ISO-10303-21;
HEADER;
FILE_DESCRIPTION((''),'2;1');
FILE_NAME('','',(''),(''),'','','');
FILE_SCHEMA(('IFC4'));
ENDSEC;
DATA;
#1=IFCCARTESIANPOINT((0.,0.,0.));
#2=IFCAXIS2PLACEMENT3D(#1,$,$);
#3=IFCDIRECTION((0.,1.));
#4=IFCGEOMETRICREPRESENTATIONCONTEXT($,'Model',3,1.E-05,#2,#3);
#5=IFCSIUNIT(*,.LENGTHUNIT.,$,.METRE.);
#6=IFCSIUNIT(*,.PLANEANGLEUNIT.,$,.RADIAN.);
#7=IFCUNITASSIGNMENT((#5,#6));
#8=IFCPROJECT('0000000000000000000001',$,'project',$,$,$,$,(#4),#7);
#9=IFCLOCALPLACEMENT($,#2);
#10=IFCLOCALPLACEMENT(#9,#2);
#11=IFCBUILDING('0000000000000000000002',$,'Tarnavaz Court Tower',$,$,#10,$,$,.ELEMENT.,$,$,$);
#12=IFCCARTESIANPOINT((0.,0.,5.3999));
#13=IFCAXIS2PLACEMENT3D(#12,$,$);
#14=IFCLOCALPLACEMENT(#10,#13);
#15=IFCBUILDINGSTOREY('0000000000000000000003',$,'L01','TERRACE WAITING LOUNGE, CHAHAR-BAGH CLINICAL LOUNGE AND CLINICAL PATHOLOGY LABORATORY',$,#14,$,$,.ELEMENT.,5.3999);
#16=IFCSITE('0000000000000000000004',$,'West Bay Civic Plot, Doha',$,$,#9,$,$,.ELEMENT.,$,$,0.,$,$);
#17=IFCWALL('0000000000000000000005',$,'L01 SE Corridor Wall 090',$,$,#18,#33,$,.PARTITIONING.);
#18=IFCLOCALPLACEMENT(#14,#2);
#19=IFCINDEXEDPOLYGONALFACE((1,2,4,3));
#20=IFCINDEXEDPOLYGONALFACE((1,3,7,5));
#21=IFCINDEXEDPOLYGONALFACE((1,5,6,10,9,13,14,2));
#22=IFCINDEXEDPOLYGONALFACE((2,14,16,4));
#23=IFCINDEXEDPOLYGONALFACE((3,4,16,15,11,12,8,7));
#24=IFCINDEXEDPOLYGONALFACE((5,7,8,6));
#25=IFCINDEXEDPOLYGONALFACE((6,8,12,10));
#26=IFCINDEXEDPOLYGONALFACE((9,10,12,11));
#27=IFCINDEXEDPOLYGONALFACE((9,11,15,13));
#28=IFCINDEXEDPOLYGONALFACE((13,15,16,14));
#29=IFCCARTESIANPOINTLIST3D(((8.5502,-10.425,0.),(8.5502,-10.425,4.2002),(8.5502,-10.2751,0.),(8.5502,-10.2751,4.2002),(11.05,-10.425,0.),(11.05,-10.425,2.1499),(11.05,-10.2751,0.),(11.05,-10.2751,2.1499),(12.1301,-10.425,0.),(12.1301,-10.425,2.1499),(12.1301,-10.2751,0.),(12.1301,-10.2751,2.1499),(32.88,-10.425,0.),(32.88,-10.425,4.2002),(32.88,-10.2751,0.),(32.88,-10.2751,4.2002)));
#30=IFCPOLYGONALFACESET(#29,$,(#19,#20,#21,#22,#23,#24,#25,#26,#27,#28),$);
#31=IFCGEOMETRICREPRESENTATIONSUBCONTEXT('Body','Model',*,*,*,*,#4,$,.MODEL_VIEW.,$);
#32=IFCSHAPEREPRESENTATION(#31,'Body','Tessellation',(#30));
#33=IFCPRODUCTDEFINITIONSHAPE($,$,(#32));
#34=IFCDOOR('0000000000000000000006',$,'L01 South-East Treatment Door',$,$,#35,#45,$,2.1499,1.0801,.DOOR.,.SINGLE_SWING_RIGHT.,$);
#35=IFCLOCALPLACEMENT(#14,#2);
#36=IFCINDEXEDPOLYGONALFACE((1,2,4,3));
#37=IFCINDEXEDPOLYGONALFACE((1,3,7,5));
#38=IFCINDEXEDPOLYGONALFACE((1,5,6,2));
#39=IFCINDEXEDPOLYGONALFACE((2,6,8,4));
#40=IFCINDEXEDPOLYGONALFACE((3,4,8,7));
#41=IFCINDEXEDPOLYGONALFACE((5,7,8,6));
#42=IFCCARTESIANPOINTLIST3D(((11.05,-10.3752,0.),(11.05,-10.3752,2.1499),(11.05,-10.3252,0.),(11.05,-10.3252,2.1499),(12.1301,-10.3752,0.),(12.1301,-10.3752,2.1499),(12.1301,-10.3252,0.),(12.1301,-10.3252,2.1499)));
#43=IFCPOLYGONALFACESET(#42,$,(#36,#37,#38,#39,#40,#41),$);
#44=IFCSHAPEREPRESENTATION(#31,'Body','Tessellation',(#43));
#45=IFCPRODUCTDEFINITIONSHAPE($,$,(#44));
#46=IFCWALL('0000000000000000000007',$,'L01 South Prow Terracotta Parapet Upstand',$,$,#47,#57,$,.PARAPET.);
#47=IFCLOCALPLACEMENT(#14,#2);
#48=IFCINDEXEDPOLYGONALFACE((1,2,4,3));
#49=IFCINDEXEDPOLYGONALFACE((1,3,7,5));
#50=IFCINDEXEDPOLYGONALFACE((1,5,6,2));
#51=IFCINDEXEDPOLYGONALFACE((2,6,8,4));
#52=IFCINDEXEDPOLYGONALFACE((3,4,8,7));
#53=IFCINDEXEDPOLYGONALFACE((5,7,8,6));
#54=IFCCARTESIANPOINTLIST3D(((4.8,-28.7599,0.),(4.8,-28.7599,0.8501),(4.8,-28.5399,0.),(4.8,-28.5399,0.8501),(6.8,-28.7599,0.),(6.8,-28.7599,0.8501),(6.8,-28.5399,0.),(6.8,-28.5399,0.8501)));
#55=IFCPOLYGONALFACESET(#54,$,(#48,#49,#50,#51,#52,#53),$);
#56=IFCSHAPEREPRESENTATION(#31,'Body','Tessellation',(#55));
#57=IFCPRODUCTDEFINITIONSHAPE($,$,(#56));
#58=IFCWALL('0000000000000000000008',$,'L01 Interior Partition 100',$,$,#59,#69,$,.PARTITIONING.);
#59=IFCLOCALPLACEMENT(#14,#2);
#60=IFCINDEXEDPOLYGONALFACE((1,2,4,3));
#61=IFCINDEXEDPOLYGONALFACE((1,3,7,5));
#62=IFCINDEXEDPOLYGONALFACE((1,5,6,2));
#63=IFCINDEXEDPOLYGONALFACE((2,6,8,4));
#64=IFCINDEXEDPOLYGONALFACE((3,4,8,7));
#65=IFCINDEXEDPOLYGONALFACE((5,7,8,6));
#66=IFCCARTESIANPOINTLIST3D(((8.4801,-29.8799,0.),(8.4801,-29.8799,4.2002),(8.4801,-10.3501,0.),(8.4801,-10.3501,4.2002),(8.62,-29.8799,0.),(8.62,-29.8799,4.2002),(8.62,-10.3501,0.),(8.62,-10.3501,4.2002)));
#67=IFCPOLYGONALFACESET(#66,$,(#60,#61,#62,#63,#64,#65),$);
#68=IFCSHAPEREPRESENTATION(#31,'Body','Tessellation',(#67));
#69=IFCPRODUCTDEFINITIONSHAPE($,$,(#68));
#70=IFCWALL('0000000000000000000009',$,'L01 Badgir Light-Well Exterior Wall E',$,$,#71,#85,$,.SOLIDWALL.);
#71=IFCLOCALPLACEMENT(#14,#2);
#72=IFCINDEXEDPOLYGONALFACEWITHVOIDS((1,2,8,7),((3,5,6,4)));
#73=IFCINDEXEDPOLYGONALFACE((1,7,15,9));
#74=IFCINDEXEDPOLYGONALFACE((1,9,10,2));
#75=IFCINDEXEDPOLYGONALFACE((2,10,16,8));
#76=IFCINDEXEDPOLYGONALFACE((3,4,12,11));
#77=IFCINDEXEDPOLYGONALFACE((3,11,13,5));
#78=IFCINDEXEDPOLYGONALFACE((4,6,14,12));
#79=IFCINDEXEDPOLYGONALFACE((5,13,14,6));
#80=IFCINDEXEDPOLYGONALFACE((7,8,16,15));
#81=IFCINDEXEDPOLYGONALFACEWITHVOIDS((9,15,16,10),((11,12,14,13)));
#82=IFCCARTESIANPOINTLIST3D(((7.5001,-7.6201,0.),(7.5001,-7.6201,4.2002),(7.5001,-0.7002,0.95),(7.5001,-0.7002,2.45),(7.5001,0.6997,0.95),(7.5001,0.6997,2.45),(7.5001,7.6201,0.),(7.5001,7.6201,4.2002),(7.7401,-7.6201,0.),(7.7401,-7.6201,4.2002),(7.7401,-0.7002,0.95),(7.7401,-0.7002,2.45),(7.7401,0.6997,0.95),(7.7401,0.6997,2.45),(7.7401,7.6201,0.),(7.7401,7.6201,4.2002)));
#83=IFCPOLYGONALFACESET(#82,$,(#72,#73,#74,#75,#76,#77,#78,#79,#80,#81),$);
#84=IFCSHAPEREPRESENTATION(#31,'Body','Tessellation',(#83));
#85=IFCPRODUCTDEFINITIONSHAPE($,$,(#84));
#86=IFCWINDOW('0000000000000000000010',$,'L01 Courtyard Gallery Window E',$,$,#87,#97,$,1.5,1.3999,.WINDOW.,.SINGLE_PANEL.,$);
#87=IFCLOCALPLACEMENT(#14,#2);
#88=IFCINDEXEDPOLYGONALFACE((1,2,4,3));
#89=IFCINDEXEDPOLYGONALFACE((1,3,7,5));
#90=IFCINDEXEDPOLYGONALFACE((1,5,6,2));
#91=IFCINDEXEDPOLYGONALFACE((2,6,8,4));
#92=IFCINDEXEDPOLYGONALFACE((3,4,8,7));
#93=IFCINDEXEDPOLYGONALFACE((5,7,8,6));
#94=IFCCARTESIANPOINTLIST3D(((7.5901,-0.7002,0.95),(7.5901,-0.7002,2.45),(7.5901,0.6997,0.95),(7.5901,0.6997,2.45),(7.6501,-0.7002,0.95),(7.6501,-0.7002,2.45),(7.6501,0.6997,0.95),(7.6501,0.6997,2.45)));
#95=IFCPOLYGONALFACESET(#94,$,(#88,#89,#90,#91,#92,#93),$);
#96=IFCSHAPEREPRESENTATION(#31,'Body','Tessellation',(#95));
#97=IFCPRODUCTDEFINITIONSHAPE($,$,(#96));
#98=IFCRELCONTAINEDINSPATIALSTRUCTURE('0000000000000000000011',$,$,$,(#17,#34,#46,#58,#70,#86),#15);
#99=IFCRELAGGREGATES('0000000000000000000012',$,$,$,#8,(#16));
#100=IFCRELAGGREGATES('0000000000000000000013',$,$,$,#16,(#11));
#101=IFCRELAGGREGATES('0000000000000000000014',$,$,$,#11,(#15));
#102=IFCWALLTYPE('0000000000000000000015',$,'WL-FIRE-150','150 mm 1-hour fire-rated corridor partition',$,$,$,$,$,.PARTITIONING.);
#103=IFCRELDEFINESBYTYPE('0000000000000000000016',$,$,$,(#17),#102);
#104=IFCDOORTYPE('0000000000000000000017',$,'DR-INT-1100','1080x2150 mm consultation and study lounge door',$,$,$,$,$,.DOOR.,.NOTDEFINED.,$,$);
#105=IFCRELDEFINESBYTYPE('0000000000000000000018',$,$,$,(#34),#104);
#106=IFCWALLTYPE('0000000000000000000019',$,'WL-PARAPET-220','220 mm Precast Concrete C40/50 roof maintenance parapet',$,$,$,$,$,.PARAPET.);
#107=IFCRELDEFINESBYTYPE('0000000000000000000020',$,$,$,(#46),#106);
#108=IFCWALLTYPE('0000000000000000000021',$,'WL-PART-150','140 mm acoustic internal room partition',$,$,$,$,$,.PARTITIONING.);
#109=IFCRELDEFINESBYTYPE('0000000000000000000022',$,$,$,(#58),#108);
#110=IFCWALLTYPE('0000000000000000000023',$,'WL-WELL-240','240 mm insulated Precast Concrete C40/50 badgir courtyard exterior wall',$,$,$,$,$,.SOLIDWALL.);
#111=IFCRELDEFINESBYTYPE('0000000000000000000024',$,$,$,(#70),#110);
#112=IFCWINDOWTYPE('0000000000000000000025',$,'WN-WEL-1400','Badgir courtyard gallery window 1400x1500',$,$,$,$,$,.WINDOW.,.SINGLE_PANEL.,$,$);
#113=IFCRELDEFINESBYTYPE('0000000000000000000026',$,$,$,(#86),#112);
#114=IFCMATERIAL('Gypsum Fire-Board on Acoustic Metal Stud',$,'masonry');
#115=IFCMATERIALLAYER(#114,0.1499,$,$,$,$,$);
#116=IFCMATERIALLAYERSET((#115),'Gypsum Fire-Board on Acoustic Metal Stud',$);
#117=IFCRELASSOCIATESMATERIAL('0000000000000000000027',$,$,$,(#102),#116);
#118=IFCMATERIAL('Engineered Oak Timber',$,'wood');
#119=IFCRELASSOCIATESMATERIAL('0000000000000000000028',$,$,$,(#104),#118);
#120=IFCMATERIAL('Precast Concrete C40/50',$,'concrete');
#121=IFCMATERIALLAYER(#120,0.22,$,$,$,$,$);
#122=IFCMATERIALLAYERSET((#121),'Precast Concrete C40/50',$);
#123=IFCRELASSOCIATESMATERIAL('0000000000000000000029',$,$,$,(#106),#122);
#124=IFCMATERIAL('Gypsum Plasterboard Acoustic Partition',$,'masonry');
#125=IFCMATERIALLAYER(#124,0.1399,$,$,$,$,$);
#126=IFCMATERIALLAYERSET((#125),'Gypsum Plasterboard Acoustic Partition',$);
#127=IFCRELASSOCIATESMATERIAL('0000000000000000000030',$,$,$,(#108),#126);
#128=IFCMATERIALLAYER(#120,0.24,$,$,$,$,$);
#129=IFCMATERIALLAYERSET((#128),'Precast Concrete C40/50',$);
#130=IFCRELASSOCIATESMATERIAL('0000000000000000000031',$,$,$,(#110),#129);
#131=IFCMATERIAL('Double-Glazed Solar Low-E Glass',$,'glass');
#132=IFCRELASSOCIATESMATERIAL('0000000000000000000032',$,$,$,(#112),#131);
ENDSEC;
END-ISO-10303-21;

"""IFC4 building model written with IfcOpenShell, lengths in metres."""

from ifc_helpers import new_model, si_unit, direction, frame, frame_2d, origin, place, context, subcontext, project, spatial, rectangle, extrude, material, layer, layer_set, type_object, element, fill, save


model = new_model("IFC4")

# Units and contexts
model_context = context("Model", 3, precision=1e-05, world=origin(), true_north=direction((0.0, 1.0)))
body_context = subcontext(model_context, "Body", "Model", "MODEL_VIEW")
ifc_project = project(units=[si_unit("LENGTHUNIT", "METRE"), si_unit("PLANEANGLEUNIT", "RADIAN")], contexts=[model_context])

# Site, building, storey
site_placement = place(None, origin())
site = spatial("IfcSite", under=ifc_project, at=site_placement, Name="West Bay Civic Plot, Doha", CompositionType="ELEMENT", RefElevation=0.0)
building_placement = place(site_placement, origin())
building = spatial("IfcBuilding", under=site, at=building_placement, Name="Tarnavaz Court Tower", CompositionType="ELEMENT")
storey_placement = place(building_placement, frame((0.0, 0.0, 5.3999)))
storey = spatial("IfcBuildingStorey", under=building, at=storey_placement, Name="L01", Description="TERRACE WAITING LOUNGE, CHAHAR-BAGH CLINICAL LOUNGE AND CLINICAL PATHOLOGY LABORATORY", CompositionType="ELEMENT", Elevation=5.3999)

# Shared definitions
ifc_material_1 = material(Name="Double-Glazed Solar Low-E Glass", Category="glass")

# Wall, opening, door
ifc_material_2 = material(Name="Gypsum Fire-Board on Acoustic Metal Stud", Category="masonry")
ifc_layer_1 = layer(ifc_material_2, 0.1499)
ifc_layer_set_1 = layer_set([ifc_layer_1], Name="Gypsum Fire-Board on Acoustic Metal Stud")
wall_type_1 = type_object("IfcWallType", Name="WL-FIRE-150", Description="150 mm 1-hour fire-rated corridor partition", PredefinedType="PARTITIONING", material=ifc_layer_set_1)
wall_1_placement = place(storey_placement, frame((8.55, -10.3501, 0.0), z_axis=(0.0, 0.0, 1.0), x_axis=(1.0, 0.0, 0.0)))
wall_1 = element("IfcWall", 1, at=wall_1_placement, inside=storey, type_object=wall_type_1, Name="L01 SE Corridor Wall 090", PredefinedType="PARTITIONING", context=body_context, shape_type="SweptSolid", body=[
    extrude(rectangle(XDim=24.3298, YDim=0.1499, at=frame_2d((12.165, 0.0))), origin(), (0.0, 0.0, 1.0), 4.2002),
])
opening_1_placement = place(wall_1_placement, frame((2.5, 0.0, 0.0)))
opening_1 = element("IfcOpeningElement", 2, at=opening_1_placement, cuts=wall_1, PredefinedType="OPENING", context=body_context, shape_type="SweptSolid", body=[
    extrude(rectangle(XDim=1.0801, YDim=2.1499, at=frame_2d((0.54, 1.075))), frame((0.0, 0.085, 0.0), z_axis=(0.0, -1.0, 0.0), x_axis=(1.0, 0.0, 0.0)), (0.0, 0.0, 1.0), 0.1699),
])
ifc_material_3 = material(Name="Engineered Oak Timber", Category="wood")
door_type = type_object("IfcDoorType", Name="DR-INT-1100", Description="1080x2150 mm consultation and study lounge door", OperationType="NOTDEFINED", PredefinedType="DOOR", material=ifc_material_3)
door_placement = place(opening_1_placement, origin())
door = element("IfcDoor", 3, at=door_placement, inside=storey, type_object=door_type, Name="L01 South-East Treatment Door", OperationType="SINGLE_SWING_RIGHT", OverallHeight=2.1499, OverallWidth=1.0801, PredefinedType="DOOR", context=body_context, shape_type="SweptSolid", body=[
    extrude(rectangle(XDim=1.0801, YDim=2.1499, at=frame_2d((0.54, 1.075))), frame((0.0, 0.0249, 0.0), z_axis=(0.0, -1.0, 0.0), x_axis=(1.0, 0.0, 0.0)), (0.0, 0.0, 1.0), 0.05),
])
fill(opening_1, door)

# Walls
ifc_material_4 = material(Name="Precast Concrete C40/50", Category="concrete")
ifc_layer_2 = layer(ifc_material_4, 0.22)
ifc_layer_set_2 = layer_set([ifc_layer_2], Name="Precast Concrete C40/50")
wall_type_2 = type_object("IfcWallType", Name="WL-PARAPET-220", Description="220 mm Precast Concrete C40/50 roof maintenance parapet", PredefinedType="PARAPET", material=ifc_layer_set_2)
wall_2_placement = place(storey_placement, frame((4.8, -28.6499, 0.0), z_axis=(0.0, 0.0, 1.0), x_axis=(1.0, 0.0, 0.0)))
element("IfcWall", 4, at=wall_2_placement, inside=storey, type_object=wall_type_2, Name="L01 South Prow Terracotta Parapet Upstand", PredefinedType="PARAPET", context=body_context, shape_type="SweptSolid", body=[
    extrude(rectangle(XDim=2.0, YDim=0.22, at=frame_2d((1.0, 0.0))), origin(), (0.0, 0.0, 1.0), 0.8501),
])
ifc_material_5 = material(Name="Gypsum Plasterboard Acoustic Partition", Category="masonry")
ifc_layer_3 = layer(ifc_material_5, 0.1399)
ifc_layer_set_3 = layer_set([ifc_layer_3], Name="Gypsum Plasterboard Acoustic Partition")
wall_type_3 = type_object("IfcWallType", Name="WL-PART-150", Description="140 mm acoustic internal room partition", PredefinedType="PARTITIONING", material=ifc_layer_set_3)
wall_3_placement = place(storey_placement, frame((8.55, -29.8799, 0.0), z_axis=(0.0, 0.0, 1.0), x_axis=(0.0, 1.0, 0.0)))
element("IfcWall", 5, at=wall_3_placement, inside=storey, type_object=wall_type_3, Name="L01 Interior Partition 100", PredefinedType="PARTITIONING", context=body_context, shape_type="SweptSolid", body=[
    extrude(rectangle(XDim=19.5298, YDim=0.1399, at=frame_2d((9.7649, 0.0))), origin(), (0.0, 0.0, 1.0), 4.2002),
])

# Wall, opening, window
ifc_layer_4 = layer(ifc_material_4, 0.24)
ifc_layer_set_4 = layer_set([ifc_layer_4], Name="Precast Concrete C40/50")
wall_type_4 = type_object("IfcWallType", Name="WL-WELL-240", Description="240 mm insulated Precast Concrete C40/50 badgir courtyard exterior wall", PredefinedType="SOLIDWALL", material=ifc_layer_set_4)
wall_4_placement = place(storey_placement, frame((7.6201, -7.6201, 0.0), z_axis=(0.0, 0.0, 1.0), x_axis=(0.0, 1.0, 0.0)))
wall_4 = element("IfcWall", 6, at=wall_4_placement, inside=storey, type_object=wall_type_4, Name="L01 Badgir Light-Well Exterior Wall E", PredefinedType="SOLIDWALL", context=body_context, shape_type="SweptSolid", body=[
    extrude(rectangle(XDim=15.2402, YDim=0.24, at=frame_2d((7.6201, 0.0))), origin(), (0.0, 0.0, 1.0), 4.2002),
])
opening_2_placement = place(wall_4_placement, frame((6.9199, 0.0, 0.95)))
opening_2 = element("IfcOpeningElement", 7, at=opening_2_placement, cuts=wall_4, PredefinedType="OPENING", context=body_context, shape_type="SweptSolid", body=[
    extrude(rectangle(XDim=1.3999, YDim=1.5, at=frame_2d((0.7, 0.75))), frame((0.0, 0.1299, 0.0), z_axis=(0.0, -1.0, 0.0), x_axis=(1.0, 0.0, 0.0)), (0.0, 0.0, 1.0), 0.26),
])
window_type = type_object("IfcWindowType", Name="WN-WEL-1400", Description="Badgir courtyard gallery window 1400x1500", PartitioningType="SINGLE_PANEL", PredefinedType="WINDOW", material=ifc_material_1)
window_placement = place(opening_2_placement, origin())
window = element("IfcWindow", 8, at=window_placement, inside=storey, type_object=window_type, Name="L01 Courtyard Gallery Window E", OverallHeight=1.5, OverallWidth=1.3999, PartitioningType="SINGLE_PANEL", PredefinedType="WINDOW", context=body_context, shape_type="SweptSolid", body=[
    extrude(rectangle(XDim=1.3999, YDim=1.5, at=frame_2d((0.7, 0.75))), frame((0.0, 0.03, 0.0), z_axis=(0.0, -1.0, 0.0), x_axis=(1.0, 0.0, 0.0)), (0.0, 0.0, 1.0), 0.0601),
])
fill(opening_2, window)

save(model, "model.ifc")
